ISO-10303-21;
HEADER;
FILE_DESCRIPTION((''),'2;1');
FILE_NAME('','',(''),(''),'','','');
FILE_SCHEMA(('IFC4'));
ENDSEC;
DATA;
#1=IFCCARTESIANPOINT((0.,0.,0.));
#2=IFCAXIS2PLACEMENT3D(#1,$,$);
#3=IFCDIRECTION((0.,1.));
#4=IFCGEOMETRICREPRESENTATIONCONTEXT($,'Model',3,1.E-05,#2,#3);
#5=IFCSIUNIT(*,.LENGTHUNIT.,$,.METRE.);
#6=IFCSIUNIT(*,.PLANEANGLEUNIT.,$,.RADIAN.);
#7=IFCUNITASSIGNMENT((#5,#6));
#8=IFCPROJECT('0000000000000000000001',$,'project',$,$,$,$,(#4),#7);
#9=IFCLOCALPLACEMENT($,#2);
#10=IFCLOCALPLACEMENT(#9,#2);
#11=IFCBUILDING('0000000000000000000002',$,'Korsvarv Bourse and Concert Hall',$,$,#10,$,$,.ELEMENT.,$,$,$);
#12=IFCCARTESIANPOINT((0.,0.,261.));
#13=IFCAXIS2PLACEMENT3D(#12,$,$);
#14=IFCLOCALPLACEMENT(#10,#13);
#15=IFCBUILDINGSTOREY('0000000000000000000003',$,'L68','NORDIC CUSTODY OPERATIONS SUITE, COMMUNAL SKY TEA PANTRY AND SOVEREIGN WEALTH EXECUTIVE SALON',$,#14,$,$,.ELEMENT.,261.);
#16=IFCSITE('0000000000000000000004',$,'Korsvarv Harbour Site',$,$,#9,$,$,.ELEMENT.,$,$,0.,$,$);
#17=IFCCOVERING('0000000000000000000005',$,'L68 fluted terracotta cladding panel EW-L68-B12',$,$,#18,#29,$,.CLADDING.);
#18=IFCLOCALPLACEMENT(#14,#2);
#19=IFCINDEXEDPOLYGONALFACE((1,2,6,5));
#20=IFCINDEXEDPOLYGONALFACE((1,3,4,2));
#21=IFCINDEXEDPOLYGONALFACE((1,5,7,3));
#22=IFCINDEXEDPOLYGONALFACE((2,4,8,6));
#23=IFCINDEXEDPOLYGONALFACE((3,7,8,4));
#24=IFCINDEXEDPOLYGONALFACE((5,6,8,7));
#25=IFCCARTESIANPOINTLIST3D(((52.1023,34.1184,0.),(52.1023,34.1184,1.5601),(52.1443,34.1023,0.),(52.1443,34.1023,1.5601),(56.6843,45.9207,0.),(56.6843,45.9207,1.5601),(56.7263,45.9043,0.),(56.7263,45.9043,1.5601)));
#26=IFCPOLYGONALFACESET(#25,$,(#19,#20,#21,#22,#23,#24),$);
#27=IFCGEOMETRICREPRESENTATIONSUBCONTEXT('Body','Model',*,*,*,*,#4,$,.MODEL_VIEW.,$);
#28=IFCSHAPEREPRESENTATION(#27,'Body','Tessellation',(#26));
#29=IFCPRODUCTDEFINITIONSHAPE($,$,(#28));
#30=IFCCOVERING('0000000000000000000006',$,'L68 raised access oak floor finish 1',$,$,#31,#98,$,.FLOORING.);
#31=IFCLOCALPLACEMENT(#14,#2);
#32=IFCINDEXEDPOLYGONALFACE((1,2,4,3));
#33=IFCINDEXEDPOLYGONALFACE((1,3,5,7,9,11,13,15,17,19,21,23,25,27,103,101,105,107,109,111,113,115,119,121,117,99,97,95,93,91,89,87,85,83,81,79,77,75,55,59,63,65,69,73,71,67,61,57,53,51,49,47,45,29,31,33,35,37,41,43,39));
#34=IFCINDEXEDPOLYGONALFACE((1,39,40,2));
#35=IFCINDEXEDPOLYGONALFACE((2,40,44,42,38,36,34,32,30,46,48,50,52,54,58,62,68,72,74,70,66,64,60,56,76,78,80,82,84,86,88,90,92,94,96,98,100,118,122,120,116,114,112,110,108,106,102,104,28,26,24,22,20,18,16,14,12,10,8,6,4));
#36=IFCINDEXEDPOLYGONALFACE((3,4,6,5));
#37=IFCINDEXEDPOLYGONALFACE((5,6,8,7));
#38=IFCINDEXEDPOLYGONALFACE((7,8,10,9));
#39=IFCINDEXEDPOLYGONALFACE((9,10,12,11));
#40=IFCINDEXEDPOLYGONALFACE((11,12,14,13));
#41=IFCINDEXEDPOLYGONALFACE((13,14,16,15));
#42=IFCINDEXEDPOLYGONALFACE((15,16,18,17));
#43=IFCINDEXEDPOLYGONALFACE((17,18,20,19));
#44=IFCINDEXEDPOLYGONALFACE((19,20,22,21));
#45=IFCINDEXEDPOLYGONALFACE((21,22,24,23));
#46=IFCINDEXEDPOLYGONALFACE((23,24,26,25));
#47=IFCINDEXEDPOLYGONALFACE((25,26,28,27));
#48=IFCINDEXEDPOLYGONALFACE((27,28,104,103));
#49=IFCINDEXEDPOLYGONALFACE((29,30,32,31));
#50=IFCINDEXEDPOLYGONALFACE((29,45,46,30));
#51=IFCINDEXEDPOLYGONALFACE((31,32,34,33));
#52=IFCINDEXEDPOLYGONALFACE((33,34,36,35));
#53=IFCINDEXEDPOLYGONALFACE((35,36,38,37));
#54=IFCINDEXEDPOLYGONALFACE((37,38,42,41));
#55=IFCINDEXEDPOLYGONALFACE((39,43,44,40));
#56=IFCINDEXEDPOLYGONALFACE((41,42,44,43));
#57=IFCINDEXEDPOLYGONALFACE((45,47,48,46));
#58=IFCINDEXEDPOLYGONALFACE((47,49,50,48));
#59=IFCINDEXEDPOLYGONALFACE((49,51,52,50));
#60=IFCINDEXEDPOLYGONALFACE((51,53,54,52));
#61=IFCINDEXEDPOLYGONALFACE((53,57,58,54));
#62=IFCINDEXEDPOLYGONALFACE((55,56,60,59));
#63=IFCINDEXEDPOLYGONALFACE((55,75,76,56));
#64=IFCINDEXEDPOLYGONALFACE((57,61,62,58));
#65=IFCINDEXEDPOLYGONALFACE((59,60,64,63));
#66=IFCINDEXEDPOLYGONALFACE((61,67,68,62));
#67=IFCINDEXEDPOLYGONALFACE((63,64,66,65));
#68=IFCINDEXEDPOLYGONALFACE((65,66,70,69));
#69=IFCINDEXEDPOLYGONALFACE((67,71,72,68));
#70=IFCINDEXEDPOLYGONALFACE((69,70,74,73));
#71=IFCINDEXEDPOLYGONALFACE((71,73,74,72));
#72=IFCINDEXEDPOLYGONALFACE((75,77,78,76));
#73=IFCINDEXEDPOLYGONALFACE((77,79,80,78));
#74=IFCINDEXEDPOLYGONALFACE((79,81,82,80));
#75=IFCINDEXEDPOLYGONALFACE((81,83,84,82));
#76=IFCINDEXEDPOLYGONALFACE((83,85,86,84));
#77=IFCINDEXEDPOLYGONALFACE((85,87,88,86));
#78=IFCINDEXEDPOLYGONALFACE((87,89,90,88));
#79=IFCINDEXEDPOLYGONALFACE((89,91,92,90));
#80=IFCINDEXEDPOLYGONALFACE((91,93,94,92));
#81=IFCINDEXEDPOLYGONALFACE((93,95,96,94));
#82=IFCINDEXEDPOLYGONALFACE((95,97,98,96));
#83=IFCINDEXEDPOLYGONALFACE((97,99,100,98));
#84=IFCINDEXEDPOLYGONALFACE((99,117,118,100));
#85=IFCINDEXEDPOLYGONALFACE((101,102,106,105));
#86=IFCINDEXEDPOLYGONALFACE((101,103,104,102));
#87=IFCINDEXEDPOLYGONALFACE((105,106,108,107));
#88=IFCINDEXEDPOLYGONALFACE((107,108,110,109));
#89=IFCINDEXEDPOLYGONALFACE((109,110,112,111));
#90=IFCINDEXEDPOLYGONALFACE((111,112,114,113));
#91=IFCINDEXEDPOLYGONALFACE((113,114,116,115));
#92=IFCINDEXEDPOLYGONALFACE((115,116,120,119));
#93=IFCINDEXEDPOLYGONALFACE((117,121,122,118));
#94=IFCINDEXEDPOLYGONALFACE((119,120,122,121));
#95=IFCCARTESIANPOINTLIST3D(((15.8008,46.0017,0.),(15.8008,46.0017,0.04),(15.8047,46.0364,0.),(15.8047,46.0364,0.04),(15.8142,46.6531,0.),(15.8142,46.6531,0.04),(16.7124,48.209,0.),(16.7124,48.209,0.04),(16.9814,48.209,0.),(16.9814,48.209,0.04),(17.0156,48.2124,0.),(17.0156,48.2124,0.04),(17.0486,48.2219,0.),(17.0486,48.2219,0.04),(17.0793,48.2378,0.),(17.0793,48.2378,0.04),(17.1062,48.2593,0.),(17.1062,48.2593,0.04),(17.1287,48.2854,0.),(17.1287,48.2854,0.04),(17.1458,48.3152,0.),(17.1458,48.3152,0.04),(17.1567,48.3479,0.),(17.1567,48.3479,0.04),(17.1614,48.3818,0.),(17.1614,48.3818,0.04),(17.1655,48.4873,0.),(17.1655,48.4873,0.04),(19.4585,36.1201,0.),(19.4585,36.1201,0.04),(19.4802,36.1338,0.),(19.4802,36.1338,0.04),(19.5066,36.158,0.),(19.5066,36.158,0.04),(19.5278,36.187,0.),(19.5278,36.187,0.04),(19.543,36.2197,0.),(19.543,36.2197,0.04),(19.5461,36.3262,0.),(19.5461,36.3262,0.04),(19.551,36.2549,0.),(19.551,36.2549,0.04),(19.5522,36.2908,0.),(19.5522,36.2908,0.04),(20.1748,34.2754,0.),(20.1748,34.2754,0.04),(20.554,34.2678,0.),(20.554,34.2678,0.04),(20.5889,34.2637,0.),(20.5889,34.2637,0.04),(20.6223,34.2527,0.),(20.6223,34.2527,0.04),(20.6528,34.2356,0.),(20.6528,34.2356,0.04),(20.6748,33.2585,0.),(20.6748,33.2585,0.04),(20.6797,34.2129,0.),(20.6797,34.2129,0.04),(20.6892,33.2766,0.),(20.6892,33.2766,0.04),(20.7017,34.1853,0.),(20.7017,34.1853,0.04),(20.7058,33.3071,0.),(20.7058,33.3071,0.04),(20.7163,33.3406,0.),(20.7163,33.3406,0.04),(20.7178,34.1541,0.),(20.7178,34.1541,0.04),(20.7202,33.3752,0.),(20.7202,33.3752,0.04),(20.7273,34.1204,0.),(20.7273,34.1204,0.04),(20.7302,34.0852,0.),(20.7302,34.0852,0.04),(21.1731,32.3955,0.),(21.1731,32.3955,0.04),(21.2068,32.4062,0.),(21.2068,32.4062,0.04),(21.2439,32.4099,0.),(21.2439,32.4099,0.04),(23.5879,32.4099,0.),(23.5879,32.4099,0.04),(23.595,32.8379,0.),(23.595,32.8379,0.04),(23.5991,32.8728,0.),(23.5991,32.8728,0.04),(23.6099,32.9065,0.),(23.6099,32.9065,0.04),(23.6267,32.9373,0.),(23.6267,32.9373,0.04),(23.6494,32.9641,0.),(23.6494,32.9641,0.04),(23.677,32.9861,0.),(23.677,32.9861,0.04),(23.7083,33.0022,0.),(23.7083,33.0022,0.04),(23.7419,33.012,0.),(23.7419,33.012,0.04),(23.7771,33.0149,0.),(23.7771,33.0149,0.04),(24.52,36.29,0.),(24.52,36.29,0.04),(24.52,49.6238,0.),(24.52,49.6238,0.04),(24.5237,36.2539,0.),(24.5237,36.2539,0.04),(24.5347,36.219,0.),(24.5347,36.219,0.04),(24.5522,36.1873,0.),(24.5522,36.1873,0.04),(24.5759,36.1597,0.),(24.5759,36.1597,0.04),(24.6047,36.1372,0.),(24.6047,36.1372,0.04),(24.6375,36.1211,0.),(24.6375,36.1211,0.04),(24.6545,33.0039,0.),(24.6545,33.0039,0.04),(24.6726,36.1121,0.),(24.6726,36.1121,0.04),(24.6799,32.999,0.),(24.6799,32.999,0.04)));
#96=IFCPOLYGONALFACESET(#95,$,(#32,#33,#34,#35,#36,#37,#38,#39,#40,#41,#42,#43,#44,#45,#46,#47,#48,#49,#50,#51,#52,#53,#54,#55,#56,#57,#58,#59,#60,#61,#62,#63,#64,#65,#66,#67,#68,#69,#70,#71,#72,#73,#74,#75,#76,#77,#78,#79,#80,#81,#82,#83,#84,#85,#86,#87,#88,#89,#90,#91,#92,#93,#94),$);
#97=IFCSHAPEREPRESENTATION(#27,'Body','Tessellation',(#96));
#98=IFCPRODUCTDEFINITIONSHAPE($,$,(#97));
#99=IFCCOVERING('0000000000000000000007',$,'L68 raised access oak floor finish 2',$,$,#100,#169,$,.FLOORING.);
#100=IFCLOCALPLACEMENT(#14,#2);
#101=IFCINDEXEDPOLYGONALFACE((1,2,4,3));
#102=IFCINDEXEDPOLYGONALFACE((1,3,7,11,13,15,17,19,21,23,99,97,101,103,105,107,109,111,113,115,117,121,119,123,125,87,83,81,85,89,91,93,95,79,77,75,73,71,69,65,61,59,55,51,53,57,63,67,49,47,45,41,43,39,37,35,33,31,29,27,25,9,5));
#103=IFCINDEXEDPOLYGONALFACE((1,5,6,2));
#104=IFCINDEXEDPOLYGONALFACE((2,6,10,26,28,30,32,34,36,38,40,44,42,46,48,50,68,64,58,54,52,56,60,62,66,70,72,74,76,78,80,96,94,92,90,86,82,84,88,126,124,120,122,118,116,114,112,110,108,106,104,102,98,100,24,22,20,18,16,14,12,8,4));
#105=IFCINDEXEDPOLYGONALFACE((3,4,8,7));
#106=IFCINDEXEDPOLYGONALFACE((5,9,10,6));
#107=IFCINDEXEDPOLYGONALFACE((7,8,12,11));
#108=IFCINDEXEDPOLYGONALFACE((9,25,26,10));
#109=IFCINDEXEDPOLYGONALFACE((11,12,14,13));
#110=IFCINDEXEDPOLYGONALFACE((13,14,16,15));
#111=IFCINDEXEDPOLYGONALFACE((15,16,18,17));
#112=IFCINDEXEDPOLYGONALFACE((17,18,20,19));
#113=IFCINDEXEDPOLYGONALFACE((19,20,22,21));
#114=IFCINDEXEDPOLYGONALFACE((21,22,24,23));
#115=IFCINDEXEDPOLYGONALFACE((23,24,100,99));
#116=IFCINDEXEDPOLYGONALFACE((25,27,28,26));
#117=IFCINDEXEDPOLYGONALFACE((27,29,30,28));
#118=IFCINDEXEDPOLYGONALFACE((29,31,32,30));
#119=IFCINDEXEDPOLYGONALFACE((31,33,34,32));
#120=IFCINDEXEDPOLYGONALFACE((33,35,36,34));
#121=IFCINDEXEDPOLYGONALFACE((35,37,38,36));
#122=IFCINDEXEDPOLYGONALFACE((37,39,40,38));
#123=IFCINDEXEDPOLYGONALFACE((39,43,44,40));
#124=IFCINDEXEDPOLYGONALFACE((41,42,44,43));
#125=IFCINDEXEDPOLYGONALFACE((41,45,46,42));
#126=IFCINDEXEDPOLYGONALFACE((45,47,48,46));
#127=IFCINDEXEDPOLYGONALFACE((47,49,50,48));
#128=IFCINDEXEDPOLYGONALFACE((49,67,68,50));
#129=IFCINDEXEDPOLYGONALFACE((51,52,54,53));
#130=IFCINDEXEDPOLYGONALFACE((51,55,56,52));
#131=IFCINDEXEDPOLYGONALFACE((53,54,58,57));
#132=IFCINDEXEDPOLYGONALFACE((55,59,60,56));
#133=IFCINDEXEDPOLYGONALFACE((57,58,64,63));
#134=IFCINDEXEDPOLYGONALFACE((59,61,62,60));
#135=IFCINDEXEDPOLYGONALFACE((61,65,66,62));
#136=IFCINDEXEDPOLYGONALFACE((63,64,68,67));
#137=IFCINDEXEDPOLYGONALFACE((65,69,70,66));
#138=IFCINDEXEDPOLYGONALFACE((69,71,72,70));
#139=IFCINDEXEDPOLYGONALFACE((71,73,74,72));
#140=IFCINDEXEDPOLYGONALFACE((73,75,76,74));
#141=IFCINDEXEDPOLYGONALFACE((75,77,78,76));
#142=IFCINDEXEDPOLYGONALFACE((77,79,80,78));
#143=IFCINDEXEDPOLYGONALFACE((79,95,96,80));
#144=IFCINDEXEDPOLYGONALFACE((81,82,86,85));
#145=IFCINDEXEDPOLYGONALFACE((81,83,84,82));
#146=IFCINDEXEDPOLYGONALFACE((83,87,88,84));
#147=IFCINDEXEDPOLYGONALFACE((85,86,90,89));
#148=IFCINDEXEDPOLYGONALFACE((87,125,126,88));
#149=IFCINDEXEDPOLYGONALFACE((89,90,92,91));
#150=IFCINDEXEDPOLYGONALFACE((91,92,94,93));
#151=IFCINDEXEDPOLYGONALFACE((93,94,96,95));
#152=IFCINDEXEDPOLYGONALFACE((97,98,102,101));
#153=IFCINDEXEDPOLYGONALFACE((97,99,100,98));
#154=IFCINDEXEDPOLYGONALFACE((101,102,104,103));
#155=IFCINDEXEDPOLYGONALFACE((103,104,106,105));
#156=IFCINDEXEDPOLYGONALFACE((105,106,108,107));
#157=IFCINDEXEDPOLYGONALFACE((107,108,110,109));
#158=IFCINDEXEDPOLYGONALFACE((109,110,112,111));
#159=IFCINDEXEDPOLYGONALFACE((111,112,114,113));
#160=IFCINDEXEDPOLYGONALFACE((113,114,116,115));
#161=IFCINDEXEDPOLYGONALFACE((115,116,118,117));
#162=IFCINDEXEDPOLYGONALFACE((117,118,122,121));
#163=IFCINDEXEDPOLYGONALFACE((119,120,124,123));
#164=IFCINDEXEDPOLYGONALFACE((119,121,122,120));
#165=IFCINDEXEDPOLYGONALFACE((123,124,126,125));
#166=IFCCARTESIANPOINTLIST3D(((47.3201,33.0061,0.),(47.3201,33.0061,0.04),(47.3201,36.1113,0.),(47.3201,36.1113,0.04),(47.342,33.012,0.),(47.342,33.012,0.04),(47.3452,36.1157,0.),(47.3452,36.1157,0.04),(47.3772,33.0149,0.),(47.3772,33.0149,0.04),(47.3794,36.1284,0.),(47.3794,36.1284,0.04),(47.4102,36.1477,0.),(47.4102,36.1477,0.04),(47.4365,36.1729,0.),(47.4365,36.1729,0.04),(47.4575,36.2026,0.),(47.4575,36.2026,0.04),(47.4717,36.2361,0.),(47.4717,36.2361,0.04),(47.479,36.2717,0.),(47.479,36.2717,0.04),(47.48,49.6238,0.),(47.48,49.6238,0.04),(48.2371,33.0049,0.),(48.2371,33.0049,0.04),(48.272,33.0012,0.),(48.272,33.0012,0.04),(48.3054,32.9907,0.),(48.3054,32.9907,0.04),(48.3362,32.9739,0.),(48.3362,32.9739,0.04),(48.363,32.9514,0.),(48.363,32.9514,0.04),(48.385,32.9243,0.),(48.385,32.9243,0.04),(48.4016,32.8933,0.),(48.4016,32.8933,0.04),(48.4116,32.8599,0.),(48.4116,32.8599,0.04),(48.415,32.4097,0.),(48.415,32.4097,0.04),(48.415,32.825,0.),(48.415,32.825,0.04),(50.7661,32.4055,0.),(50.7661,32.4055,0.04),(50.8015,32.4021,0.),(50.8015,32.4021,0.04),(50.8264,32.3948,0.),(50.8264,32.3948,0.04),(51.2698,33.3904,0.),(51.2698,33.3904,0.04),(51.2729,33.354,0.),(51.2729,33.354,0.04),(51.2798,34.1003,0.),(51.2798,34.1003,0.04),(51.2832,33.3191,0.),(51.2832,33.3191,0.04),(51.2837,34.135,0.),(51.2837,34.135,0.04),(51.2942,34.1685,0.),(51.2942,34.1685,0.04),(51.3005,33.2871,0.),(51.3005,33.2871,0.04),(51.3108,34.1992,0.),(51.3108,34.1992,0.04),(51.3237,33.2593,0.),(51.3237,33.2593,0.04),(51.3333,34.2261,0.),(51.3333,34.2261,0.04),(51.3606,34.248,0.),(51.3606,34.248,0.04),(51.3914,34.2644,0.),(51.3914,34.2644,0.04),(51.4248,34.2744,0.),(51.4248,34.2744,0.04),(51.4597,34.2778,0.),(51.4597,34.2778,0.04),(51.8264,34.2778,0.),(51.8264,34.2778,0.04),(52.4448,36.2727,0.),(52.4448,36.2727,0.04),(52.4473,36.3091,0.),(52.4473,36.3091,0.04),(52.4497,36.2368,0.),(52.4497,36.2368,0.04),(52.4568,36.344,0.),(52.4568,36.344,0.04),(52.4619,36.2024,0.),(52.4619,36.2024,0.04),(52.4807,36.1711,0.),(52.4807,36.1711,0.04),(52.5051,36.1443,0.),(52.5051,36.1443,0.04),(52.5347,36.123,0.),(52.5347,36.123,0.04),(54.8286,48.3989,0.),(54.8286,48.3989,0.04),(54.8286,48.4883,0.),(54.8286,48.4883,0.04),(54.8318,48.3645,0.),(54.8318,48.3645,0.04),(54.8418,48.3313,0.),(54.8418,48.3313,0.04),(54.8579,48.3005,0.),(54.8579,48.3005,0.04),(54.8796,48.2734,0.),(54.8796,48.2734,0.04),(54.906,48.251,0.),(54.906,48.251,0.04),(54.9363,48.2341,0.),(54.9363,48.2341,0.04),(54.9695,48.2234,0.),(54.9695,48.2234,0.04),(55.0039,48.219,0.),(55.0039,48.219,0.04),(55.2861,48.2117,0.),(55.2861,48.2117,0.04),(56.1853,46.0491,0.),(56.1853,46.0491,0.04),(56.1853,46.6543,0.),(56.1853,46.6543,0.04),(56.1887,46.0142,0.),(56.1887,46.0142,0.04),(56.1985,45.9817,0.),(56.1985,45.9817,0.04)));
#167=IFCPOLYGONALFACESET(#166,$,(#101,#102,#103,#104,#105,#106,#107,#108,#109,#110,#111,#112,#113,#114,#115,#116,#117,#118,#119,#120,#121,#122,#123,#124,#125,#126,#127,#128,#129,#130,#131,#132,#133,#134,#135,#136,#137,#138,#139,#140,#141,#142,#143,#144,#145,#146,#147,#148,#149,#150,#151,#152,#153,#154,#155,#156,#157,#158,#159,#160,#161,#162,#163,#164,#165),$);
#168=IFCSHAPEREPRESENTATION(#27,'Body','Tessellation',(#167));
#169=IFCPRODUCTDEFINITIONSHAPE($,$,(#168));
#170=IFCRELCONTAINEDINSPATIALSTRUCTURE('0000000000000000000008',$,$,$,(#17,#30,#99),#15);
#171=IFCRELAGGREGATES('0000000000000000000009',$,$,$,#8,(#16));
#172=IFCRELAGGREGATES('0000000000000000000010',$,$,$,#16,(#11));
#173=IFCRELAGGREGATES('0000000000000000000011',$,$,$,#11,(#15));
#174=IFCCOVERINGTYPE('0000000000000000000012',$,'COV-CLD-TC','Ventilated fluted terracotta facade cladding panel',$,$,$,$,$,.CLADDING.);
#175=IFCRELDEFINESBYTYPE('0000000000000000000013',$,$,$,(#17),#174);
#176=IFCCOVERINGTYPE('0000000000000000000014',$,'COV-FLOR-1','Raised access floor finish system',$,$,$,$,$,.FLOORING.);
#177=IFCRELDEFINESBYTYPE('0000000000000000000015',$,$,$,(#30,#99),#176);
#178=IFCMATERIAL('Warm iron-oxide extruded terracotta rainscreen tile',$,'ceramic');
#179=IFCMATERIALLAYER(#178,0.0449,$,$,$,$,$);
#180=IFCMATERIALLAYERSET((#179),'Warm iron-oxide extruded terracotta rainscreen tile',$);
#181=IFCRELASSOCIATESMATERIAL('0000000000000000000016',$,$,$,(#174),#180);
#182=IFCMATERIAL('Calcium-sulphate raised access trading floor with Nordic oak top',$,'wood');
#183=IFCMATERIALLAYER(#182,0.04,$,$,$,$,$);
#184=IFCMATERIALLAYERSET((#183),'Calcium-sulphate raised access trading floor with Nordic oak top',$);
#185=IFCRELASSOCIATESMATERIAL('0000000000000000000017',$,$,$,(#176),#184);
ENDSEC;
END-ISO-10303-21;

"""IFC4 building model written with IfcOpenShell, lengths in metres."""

from ifc_helpers import new_model, si_unit, direction, frame, origin, place, context, subcontext, project, spatial, polyline, outline, extrude, material, layer, layer_set, type_object, element, save


model = new_model("IFC4")

# Units and contexts
model_context = context("Model", 3, precision=1e-05, world=origin(), true_north=direction((0.0, 1.0)))
body_context = subcontext(model_context, "Body", "Model", "MODEL_VIEW")
ifc_project = project(units=[si_unit("LENGTHUNIT", "METRE"), si_unit("PLANEANGLEUNIT", "RADIAN")], contexts=[model_context])

# Site, building, storey
site_placement = place(None, origin())
site = spatial("IfcSite", under=ifc_project, at=site_placement, Name="Korsvarv Harbour Site", CompositionType="ELEMENT", RefElevation=0.0)
building_placement = place(site_placement, origin())
building = spatial("IfcBuilding", under=site, at=building_placement, Name="Korsvarv Bourse and Concert Hall", CompositionType="ELEMENT")
storey_placement = place(building_placement, frame((0.0, 0.0, 261.0)))
storey = spatial("IfcBuildingStorey", under=building, at=storey_placement, Name="L68", Description="NORDIC CUSTODY OPERATIONS SUITE, COMMUNAL SKY TEA PANTRY AND SOVEREIGN WEALTH EXECUTIVE SALON", CompositionType="ELEMENT", Elevation=261.0)

# Coverings
ifc_material_1 = material(Name="Warm iron-oxide extruded terracotta rainscreen tile", Category="ceramic")
ifc_layer_1 = layer(ifc_material_1, 0.0449)
ifc_layer_set_1 = layer_set([ifc_layer_1], Name="Warm iron-oxide extruded terracotta rainscreen tile")
covering_type_1 = type_object("IfcCoveringType", Name="COV-CLD-TC", Description="Ventilated fluted terracotta facade cladding panel", PredefinedType="CLADDING", material=ifc_layer_set_1)
covering_1_placement = place(storey_placement, origin())
element("IfcCovering", 1, at=covering_1_placement, inside=storey, type_object=covering_type_1, Name="L68 fluted terracotta cladding panel EW-L68-B12", PredefinedType="CLADDING", context=body_context, shape_type="SweptSolid", body=[
    extrude(outline(polyline([(52.1023, 34.1184), (56.6843, 45.9207), (56.7263, 45.9043), (52.1443, 34.1023), (52.1023, 34.1184)])), origin(), (0.0, 0.0, 1.0), 1.5601),
])
ifc_material_2 = material(Name="Calcium-sulphate raised access trading floor with Nordic oak top", Category="wood")
ifc_layer_2 = layer(ifc_material_2, 0.04)
ifc_layer_set_2 = layer_set([ifc_layer_2], Name="Calcium-sulphate raised access trading floor with Nordic oak top")
covering_type_2 = type_object("IfcCoveringType", Name="COV-FLOR-1", Description="Raised access floor finish system", PredefinedType="FLOORING", material=ifc_layer_set_2)
covering_2_placement = place(storey_placement, origin())
element("IfcCovering", 2, at=covering_2_placement, inside=storey, type_object=covering_type_2, Name="L68 raised access oak floor finish 1", PredefinedType="FLOORING", context=body_context, shape_type="SweptSolid", body=[
    extrude(outline(polyline([(15.8008, 46.0017), (15.8047, 46.0364), (15.8142, 46.6531), (16.7124, 48.209), (16.9814, 48.209), (17.0156, 48.2124), (17.0486, 48.2219), (17.0793, 48.2378), (17.1062, 48.2593), (17.1287, 48.2854), (17.1458, 48.3152), (17.1567, 48.3479), (17.1614, 48.3818), (17.1655, 48.4873), (24.52, 49.6238), (24.52, 36.29), (24.5237, 36.2539), (24.5347, 36.219), (24.5522, 36.1873), (24.5759, 36.1597), (24.6047, 36.1372), (24.6375, 36.1211), (24.6726, 36.1121), (24.6799, 32.999), (24.6545, 33.0039), (23.7771, 33.0149), (23.7419, 33.012), (23.7083, 33.0022), (23.677, 32.9861), (23.6494, 32.9641), (23.6267, 32.9373), (23.6099, 32.9065), (23.5991, 32.8728), (23.595, 32.8379), (23.5879, 32.4099), (21.2439, 32.4099), (21.2068, 32.4062), (21.1731, 32.3955), (20.6748, 33.2585), (20.6892, 33.2766), (20.7058, 33.3071), (20.7163, 33.3406), (20.7202, 33.3752), (20.7302, 34.0852), (20.7273, 34.1204), (20.7178, 34.1541), (20.7017, 34.1853), (20.6797, 34.2129), (20.6528, 34.2356), (20.6223, 34.2527), (20.5889, 34.2637), (20.554, 34.2678), (20.1748, 34.2754), (19.4585, 36.1201), (19.4802, 36.1338), (19.5066, 36.158), (19.5278, 36.187), (19.543, 36.2197), (19.551, 36.2549), (19.5522, 36.2908), (19.5461, 36.3262), (15.8008, 46.0017)])), origin(), (0.0, 0.0, 1.0), 0.04),
])
covering_3_placement = place(storey_placement, origin())
element("IfcCovering", 3, at=covering_3_placement, inside=storey, type_object=covering_type_2, Name="L68 raised access oak floor finish 2", PredefinedType="FLOORING", context=body_context, shape_type="SweptSolid", body=[
    extrude(outline(polyline([(47.3201, 36.1113), (47.3452, 36.1157), (47.3794, 36.1284), (47.4102, 36.1477), (47.4365, 36.1729), (47.4575, 36.2026), (47.4717, 36.2361), (47.479, 36.2717), (47.48, 49.6238), (54.8286, 48.4883), (54.8286, 48.3989), (54.8318, 48.3645), (54.8418, 48.3313), (54.8579, 48.3005), (54.8796, 48.2734), (54.906, 48.251), (54.9363, 48.2341), (54.9695, 48.2234), (55.0039, 48.219), (55.2861, 48.2117), (56.1853, 46.6543), (56.1853, 46.0491), (56.1887, 46.0142), (56.1985, 45.9817), (52.4568, 36.344), (52.4473, 36.3091), (52.4448, 36.2727), (52.4497, 36.2368), (52.4619, 36.2024), (52.4807, 36.1711), (52.5051, 36.1443), (52.5347, 36.123), (51.8264, 34.2778), (51.4597, 34.2778), (51.4248, 34.2744), (51.3914, 34.2644), (51.3606, 34.248), (51.3333, 34.2261), (51.3108, 34.1992), (51.2942, 34.1685), (51.2837, 34.135), (51.2798, 34.1003), (51.2698, 33.3904), (51.2729, 33.354), (51.2832, 33.3191), (51.3005, 33.2871), (51.3237, 33.2593), (50.8264, 32.3948), (50.8015, 32.4021), (50.7661, 32.4055), (48.415, 32.4097), (48.415, 32.825), (48.4116, 32.8599), (48.4016, 32.8933), (48.385, 32.9243), (48.363, 32.9514), (48.3362, 32.9739), (48.3054, 32.9907), (48.272, 33.0012), (48.2371, 33.0049), (47.3772, 33.0149), (47.342, 33.012), (47.3201, 33.0061), (47.3201, 36.1113)])), origin(), (0.0, 0.0, 1.0), 0.04),
])

save(model, "model.ifc")
